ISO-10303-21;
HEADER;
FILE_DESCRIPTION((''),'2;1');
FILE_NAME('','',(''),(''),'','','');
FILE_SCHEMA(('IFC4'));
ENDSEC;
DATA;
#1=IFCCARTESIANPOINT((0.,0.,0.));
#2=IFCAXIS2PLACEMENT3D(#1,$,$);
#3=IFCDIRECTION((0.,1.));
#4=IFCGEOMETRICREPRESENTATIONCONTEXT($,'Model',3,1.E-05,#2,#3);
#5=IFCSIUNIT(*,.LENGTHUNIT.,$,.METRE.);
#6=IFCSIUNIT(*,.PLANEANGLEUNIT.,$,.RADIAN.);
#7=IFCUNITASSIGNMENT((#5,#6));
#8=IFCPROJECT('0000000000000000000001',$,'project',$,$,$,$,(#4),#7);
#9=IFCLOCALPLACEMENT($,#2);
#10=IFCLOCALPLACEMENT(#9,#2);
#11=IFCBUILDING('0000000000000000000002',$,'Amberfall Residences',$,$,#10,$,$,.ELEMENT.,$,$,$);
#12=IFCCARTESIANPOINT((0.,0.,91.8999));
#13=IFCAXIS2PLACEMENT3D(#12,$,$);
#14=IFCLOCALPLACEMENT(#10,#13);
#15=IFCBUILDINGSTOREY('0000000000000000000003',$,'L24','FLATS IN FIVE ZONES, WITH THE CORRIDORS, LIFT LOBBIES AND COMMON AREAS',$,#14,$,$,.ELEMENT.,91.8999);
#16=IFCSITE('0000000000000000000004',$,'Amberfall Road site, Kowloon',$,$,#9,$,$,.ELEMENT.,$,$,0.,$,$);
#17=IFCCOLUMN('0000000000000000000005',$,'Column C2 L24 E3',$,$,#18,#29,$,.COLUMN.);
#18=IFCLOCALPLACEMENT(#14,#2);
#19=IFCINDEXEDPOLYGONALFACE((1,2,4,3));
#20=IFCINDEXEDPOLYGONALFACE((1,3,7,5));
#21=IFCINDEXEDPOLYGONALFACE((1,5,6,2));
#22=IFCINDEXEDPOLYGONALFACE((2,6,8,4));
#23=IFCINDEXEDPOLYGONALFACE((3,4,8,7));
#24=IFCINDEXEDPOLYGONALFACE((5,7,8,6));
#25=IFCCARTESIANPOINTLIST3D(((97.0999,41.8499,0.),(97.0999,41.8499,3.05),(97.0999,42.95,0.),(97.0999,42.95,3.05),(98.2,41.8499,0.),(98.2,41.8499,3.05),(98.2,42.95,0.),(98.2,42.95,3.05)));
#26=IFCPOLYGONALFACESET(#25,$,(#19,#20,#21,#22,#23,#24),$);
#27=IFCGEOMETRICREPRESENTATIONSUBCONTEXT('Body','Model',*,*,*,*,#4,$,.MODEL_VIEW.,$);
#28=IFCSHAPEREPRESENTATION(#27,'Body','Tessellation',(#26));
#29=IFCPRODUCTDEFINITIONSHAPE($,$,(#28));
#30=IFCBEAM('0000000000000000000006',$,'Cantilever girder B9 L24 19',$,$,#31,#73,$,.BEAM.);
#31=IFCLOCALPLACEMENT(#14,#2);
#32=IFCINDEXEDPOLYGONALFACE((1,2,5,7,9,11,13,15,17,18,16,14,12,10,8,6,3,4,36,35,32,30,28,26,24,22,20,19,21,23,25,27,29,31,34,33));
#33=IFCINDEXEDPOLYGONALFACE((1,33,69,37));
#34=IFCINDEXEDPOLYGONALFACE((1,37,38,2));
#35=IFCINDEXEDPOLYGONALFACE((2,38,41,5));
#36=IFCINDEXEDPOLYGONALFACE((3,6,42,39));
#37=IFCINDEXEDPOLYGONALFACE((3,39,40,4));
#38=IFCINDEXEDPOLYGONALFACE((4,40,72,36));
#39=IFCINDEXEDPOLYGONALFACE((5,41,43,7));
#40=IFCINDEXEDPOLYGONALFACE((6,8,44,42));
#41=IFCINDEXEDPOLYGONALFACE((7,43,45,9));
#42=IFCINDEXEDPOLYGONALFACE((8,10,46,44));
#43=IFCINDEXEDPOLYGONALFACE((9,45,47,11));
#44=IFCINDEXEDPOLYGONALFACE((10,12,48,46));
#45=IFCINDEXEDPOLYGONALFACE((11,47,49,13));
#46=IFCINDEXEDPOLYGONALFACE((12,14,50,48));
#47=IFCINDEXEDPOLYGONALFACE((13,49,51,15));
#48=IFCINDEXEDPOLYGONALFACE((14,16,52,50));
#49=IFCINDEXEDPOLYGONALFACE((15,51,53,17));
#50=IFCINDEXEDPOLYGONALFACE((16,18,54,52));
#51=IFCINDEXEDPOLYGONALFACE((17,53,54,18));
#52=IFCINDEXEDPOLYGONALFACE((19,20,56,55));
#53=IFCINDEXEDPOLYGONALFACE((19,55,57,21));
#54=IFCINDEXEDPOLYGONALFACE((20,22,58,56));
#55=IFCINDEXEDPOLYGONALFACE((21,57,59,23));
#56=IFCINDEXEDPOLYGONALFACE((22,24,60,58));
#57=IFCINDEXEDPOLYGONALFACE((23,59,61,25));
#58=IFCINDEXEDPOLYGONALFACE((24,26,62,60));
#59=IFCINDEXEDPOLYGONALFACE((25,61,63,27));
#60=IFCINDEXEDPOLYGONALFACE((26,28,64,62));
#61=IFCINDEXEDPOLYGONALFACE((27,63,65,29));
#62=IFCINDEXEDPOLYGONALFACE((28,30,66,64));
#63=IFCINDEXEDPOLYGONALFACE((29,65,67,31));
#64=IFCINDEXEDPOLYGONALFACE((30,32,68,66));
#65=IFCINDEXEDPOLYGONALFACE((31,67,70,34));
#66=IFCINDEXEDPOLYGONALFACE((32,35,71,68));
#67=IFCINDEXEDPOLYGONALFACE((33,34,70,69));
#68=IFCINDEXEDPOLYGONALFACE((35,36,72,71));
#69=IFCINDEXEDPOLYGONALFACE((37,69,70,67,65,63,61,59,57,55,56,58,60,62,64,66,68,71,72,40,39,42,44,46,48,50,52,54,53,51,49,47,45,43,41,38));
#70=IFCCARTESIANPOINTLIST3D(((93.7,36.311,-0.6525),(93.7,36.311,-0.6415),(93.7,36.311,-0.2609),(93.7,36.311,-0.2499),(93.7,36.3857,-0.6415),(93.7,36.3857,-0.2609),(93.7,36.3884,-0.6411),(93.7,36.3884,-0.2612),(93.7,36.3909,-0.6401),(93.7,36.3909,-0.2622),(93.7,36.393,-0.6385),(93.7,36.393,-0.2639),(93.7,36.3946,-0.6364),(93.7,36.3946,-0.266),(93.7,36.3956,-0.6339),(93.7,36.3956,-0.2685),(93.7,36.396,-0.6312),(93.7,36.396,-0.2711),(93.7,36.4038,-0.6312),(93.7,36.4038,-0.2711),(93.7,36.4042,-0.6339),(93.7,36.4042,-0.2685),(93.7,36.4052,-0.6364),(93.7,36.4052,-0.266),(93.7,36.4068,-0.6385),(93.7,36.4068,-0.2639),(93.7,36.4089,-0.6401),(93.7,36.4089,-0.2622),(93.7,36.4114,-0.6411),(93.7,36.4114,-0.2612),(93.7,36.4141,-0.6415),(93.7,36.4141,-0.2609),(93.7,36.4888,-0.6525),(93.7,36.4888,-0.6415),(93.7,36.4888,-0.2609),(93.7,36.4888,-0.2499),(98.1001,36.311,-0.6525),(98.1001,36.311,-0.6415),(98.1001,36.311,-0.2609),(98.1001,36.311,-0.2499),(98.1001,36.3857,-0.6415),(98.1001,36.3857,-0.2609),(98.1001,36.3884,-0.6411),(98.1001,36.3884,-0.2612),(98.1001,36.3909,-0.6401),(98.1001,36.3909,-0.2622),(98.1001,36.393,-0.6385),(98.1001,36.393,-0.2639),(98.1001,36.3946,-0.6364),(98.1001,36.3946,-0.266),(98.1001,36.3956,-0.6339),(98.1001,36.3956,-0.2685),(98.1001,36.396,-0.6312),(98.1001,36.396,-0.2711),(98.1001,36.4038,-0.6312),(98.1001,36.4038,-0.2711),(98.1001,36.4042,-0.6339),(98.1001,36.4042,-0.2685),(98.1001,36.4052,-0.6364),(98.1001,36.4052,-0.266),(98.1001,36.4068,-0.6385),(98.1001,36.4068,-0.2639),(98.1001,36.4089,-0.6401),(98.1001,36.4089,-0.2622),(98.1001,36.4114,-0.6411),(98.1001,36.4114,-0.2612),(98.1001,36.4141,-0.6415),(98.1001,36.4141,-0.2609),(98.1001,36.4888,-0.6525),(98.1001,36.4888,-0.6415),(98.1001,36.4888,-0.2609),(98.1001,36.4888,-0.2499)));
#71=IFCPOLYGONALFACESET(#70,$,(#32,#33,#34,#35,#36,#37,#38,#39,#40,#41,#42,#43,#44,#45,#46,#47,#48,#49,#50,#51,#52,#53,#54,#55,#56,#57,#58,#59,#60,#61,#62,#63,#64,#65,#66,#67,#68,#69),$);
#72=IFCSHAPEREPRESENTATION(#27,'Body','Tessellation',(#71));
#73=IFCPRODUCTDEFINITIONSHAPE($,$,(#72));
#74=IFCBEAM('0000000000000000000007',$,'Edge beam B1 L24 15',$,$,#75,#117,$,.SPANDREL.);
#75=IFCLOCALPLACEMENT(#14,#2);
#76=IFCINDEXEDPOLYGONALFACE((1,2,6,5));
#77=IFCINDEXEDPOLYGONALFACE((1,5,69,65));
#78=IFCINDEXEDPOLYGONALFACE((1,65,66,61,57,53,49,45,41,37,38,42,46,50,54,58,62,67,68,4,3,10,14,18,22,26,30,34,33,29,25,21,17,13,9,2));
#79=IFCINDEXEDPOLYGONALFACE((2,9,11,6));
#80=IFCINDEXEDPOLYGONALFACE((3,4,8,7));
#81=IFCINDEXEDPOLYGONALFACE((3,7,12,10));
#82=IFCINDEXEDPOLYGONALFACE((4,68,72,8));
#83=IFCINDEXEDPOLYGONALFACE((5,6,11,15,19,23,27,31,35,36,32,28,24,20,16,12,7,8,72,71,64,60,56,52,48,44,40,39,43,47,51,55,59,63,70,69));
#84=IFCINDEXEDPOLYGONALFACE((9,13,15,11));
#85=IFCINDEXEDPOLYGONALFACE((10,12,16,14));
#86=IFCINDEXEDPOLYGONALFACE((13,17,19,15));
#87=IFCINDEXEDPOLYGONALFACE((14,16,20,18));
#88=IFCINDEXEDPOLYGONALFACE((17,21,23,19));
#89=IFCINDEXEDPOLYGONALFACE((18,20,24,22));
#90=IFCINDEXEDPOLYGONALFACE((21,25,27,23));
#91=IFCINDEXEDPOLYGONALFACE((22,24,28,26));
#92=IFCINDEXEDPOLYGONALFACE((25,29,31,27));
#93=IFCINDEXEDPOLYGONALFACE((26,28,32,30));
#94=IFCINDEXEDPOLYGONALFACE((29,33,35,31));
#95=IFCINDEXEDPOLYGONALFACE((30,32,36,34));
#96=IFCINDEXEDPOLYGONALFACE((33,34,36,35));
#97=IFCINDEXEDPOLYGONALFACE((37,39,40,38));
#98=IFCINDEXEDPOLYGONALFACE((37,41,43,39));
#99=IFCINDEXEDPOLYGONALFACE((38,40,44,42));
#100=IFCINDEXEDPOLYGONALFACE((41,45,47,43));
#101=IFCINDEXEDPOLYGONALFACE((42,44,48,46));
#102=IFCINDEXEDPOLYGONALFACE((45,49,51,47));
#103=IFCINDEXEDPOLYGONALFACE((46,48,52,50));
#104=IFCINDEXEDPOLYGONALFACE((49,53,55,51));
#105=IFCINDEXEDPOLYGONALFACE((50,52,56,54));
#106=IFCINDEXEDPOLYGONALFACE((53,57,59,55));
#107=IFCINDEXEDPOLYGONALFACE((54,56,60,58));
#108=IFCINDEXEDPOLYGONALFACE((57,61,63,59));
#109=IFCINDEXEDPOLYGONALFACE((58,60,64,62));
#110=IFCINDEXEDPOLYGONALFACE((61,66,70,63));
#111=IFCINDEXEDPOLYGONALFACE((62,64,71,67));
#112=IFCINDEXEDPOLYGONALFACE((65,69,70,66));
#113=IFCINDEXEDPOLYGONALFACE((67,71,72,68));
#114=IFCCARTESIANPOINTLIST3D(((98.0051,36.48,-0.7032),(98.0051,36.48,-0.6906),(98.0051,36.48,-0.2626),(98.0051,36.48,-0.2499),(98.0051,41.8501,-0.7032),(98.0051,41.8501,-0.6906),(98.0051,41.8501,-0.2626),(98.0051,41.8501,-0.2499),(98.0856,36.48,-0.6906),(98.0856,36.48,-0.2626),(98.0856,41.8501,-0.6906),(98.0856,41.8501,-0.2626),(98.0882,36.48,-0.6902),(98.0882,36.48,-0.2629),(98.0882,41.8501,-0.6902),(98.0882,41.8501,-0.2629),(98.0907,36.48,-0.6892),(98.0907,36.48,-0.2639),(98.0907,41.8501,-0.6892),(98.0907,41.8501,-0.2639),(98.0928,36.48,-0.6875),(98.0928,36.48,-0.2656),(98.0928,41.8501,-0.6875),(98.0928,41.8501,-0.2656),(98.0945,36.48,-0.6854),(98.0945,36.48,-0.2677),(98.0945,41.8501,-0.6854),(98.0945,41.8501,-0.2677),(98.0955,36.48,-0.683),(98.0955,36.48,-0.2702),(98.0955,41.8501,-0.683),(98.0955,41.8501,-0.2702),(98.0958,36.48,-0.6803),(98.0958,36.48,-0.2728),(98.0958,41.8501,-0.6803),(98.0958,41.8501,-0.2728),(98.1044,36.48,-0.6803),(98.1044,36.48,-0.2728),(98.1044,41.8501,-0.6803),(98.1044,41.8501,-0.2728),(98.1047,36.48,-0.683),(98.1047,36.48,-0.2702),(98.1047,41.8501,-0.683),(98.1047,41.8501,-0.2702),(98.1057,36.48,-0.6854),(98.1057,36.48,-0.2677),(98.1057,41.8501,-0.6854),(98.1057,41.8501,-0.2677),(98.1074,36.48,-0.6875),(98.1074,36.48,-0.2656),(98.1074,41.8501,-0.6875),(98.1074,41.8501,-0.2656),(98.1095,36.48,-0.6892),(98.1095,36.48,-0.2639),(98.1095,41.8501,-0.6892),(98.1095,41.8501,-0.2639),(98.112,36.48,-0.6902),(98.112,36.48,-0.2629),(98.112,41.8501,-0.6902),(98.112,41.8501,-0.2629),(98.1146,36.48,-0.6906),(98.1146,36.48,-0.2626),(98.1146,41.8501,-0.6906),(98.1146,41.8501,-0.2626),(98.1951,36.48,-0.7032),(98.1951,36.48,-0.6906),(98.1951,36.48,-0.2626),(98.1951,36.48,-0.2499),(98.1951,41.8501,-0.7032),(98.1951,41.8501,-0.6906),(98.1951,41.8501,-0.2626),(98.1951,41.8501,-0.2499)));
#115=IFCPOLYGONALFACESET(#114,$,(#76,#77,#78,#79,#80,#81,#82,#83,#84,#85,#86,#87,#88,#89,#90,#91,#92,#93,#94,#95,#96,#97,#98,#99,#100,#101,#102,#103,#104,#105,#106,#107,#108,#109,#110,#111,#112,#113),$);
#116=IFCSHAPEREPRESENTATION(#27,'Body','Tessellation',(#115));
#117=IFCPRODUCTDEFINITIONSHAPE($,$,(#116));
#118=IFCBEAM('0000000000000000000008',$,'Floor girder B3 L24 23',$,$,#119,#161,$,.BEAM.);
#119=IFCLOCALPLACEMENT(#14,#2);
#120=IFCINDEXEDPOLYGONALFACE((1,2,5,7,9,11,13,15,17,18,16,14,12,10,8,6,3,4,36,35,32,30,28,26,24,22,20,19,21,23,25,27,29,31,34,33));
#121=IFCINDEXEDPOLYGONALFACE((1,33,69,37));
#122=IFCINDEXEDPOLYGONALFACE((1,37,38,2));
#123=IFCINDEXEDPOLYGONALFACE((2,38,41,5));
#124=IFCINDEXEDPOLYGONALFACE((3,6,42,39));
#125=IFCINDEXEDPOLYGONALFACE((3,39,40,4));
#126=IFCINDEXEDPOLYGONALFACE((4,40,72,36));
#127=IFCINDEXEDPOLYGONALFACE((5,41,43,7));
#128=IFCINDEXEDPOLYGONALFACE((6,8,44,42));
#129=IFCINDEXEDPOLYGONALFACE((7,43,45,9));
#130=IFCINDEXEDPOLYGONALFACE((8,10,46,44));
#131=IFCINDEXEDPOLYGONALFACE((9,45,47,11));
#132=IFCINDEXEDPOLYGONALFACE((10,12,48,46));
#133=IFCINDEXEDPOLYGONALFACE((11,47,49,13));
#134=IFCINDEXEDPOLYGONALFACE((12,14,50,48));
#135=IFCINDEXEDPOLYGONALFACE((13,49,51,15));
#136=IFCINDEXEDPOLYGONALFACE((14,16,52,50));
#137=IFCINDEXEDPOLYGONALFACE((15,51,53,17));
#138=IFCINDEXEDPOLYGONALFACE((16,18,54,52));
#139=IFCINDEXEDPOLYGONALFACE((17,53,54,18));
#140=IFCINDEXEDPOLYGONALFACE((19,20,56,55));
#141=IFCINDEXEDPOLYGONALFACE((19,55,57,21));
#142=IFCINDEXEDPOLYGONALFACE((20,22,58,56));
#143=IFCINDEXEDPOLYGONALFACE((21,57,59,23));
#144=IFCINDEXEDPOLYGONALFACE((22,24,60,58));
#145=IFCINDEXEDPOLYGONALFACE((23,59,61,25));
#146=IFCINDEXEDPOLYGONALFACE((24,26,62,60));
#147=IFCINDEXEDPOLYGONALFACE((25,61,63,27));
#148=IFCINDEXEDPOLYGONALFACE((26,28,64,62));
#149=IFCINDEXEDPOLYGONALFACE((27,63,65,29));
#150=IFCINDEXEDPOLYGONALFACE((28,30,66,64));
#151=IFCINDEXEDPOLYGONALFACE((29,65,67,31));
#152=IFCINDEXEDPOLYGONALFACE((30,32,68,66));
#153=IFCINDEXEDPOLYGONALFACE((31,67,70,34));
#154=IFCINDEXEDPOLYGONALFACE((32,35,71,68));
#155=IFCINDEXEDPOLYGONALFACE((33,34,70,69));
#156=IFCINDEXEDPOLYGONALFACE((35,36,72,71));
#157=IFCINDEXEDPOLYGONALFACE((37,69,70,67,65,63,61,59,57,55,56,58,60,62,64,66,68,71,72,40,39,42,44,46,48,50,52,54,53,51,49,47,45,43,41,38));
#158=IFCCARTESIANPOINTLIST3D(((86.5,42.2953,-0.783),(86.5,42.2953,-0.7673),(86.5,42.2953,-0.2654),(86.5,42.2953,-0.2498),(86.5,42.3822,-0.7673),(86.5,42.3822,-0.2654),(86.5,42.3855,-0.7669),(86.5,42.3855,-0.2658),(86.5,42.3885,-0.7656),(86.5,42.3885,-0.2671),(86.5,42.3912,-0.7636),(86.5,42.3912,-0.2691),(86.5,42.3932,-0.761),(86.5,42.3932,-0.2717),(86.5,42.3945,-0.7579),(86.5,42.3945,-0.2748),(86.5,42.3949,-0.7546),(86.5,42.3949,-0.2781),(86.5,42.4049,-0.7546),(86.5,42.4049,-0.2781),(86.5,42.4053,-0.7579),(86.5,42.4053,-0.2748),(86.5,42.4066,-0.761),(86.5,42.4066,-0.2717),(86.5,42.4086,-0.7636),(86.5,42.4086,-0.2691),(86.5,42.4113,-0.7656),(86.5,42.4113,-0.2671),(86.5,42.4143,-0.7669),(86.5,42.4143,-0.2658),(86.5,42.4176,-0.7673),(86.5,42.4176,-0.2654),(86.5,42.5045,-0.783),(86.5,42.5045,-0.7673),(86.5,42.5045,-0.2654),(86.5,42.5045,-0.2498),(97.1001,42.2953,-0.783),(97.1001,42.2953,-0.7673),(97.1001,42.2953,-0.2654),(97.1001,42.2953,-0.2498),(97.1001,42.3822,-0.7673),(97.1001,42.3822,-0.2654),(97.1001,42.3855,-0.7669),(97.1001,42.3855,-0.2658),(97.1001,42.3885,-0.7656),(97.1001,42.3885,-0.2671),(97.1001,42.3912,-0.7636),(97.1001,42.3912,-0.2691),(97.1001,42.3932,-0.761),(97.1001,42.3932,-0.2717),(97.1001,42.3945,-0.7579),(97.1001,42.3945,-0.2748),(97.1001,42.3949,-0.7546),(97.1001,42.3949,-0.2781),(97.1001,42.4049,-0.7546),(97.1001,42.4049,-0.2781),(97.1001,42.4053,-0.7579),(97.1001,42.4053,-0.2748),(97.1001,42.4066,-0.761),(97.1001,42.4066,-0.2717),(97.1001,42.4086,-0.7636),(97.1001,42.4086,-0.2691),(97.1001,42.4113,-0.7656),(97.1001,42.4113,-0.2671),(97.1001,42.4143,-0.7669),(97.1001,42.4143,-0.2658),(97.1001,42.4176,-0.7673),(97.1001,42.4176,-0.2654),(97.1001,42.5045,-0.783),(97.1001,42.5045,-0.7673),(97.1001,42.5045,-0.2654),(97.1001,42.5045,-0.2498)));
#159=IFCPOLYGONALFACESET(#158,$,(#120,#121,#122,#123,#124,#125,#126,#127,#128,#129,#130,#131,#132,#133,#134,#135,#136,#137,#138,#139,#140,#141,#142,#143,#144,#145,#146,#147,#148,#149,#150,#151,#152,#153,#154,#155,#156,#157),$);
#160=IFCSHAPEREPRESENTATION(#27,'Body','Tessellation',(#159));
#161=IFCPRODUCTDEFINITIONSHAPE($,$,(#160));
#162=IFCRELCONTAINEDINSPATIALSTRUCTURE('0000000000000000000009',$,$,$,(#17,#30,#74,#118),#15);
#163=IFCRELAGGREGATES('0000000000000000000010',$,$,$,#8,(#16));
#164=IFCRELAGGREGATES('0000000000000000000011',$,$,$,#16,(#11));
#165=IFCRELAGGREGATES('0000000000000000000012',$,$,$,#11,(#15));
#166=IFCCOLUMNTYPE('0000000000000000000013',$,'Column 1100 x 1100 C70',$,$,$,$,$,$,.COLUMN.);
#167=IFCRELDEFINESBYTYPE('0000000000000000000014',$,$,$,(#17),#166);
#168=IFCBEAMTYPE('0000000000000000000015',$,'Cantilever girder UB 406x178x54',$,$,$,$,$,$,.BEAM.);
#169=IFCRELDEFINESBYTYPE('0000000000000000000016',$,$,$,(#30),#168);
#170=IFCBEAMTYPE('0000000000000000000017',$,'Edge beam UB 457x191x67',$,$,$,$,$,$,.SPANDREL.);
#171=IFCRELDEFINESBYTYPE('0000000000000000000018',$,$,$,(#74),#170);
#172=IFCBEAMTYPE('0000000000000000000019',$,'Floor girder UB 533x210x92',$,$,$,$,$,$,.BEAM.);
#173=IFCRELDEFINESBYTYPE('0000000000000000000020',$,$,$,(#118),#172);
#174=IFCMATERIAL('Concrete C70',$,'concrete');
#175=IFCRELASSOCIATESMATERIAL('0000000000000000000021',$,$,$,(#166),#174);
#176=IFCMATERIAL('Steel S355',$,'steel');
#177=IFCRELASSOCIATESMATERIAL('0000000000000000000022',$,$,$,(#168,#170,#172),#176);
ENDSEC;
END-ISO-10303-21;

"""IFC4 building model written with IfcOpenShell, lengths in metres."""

from ifc_helpers import new_model, si_unit, direction, frame, origin, origin_2d, place, context, subcontext, project, spatial, rectangle, i_section, extrude, material, material_profile, profile_set, type_object, element, save


model = new_model("IFC4")

# Units and contexts
model_context = context("Model", 3, precision=1e-05, world=origin(), true_north=direction((0.0, 1.0)))
body_context = subcontext(model_context, "Body", "Model", "MODEL_VIEW")
ifc_project = project(units=[si_unit("LENGTHUNIT", "METRE"), si_unit("PLANEANGLEUNIT", "RADIAN")], contexts=[model_context])

# Site, building, storey
site_placement = place(None, origin())
site = spatial("IfcSite", under=ifc_project, at=site_placement, Name="Amberfall Road site, Kowloon", CompositionType="ELEMENT", RefElevation=0.0)
building_placement = place(site_placement, origin())
building = spatial("IfcBuilding", under=site, at=building_placement, Name="Amberfall Residences", CompositionType="ELEMENT")
storey_placement = place(building_placement, frame((0.0, 0.0, 91.8999)))
storey = spatial("IfcBuildingStorey", under=building, at=storey_placement, Name="L24", Description="FLATS IN FIVE ZONES, WITH THE CORRIDORS, LIFT LOBBIES AND COMMON AREAS", CompositionType="ELEMENT", Elevation=91.8999)

# Column
ifc_material_1 = material(Name="Concrete C70", Category="concrete")
ifc_material_profile_1 = material_profile(ifc_material_1, rectangle(XDim=1.1001, YDim=1.1001, at=origin_2d()), Name="Column 1100 x 1100 C70")
ifc_profile_set_1 = profile_set([ifc_material_profile_1], Name="Concrete C70")
column_type = type_object("IfcColumnType", Name="Column 1100 x 1100 C70", PredefinedType="COLUMN", material=ifc_profile_set_1)
column_placement = place(storey_placement, frame((97.6499, 42.3999, 0.0), z_axis=(0.0, 0.0, 1.0), x_axis=(1.0, 0.0, 0.0)))
element("IfcColumn", 1, at=column_placement, inside=storey, type_object=column_type, Name="Column C2 L24 E3", PredefinedType="COLUMN", context=body_context, shape_type="SweptSolid", body=[
    extrude(rectangle(XDim=1.1001, YDim=1.1001, at=origin_2d()), origin(), (0.0, 0.0, 1.0), 3.05),
])

# Beams
ifc_material_2 = material(Name="Steel S355", Category="steel")
ifc_material_profile_2 = material_profile(ifc_material_2, i_section(OverallWidth=0.1777, OverallDepth=0.4026, WebThickness=0.0078, FlangeThickness=0.011, FilletRadius=0.0103, at=origin_2d()), Name="UB 406x178x54")
ifc_profile_set_2 = profile_set([ifc_material_profile_2], Name="Steel S355")
beam_type_1 = type_object("IfcBeamType", Name="Cantilever girder UB 406x178x54", PredefinedType="BEAM", material=ifc_profile_set_2)
beam_1_placement = place(storey_placement, frame((93.7, 36.3999, -0.4512), z_axis=(1.0, 0.0, 0.0), x_axis=(0.0, 1.0, 0.0)))
element("IfcBeam", 2, at=beam_1_placement, inside=storey, type_object=beam_type_1, Name="Cantilever girder B9 L24 19", PredefinedType="BEAM", context=body_context, shape_type="SweptSolid", body=[
    extrude(i_section(OverallWidth=0.1777, OverallDepth=0.4026, WebThickness=0.0078, FlangeThickness=0.011, FilletRadius=0.0103, at=origin_2d()), origin(), (0.0, 0.0, 1.0), 4.4001),
])
ifc_material_profile_3 = material_profile(ifc_material_2, i_section(OverallWidth=0.1899, OverallDepth=0.4534, WebThickness=0.0085, FlangeThickness=0.0127, FilletRadius=0.0103, at=origin_2d()), Name="UB 457x191x67")
ifc_profile_set_3 = profile_set([ifc_material_profile_3], Name="Steel S355")
beam_type_2 = type_object("IfcBeamType", Name="Edge beam UB 457x191x67", PredefinedType="SPANDREL", material=ifc_profile_set_3)
beam_2_placement = place(storey_placement, frame((98.1001, 36.48, -0.4766), z_axis=(0.0, 1.0, 0.0), x_axis=(-1.0, 0.0, 0.0)))
element("IfcBeam", 3, at=beam_2_placement, inside=storey, type_object=beam_type_2, Name="Edge beam B1 L24 15", PredefinedType="SPANDREL", context=body_context, shape_type="SweptSolid", body=[
    extrude(i_section(OverallWidth=0.1899, OverallDepth=0.4534, WebThickness=0.0085, FlangeThickness=0.0127, FilletRadius=0.0103, at=origin_2d()), origin(), (0.0, 0.0, 1.0), 5.3701),
])
ifc_material_profile_4 = material_profile(ifc_material_2, i_section(OverallWidth=0.2092, OverallDepth=0.5332, WebThickness=0.01, FlangeThickness=0.0156, FilletRadius=0.0127, at=origin_2d()), Name="UB 533x210x92")
ifc_profile_set_4 = profile_set([ifc_material_profile_4], Name="Steel S355")
beam_type_3 = type_object("IfcBeamType", Name="Floor girder UB 533x210x92", PredefinedType="BEAM", material=ifc_profile_set_4)
beam_3_placement = place(storey_placement, frame((97.1001, 42.3999, -0.5164), z_axis=(-1.0, 0.0, 0.0), x_axis=(0.0, -1.0, 0.0)))
element("IfcBeam", 4, at=beam_3_placement, inside=storey, type_object=beam_type_3, Name="Floor girder B3 L24 23", PredefinedType="BEAM", context=body_context, shape_type="SweptSolid", body=[
    extrude(i_section(OverallWidth=0.2092, OverallDepth=0.5332, WebThickness=0.01, FlangeThickness=0.0156, FilletRadius=0.0127, at=origin_2d()), origin(), (0.0, 0.0, 1.0), 10.6001),
])

save(model, "model.ifc")
